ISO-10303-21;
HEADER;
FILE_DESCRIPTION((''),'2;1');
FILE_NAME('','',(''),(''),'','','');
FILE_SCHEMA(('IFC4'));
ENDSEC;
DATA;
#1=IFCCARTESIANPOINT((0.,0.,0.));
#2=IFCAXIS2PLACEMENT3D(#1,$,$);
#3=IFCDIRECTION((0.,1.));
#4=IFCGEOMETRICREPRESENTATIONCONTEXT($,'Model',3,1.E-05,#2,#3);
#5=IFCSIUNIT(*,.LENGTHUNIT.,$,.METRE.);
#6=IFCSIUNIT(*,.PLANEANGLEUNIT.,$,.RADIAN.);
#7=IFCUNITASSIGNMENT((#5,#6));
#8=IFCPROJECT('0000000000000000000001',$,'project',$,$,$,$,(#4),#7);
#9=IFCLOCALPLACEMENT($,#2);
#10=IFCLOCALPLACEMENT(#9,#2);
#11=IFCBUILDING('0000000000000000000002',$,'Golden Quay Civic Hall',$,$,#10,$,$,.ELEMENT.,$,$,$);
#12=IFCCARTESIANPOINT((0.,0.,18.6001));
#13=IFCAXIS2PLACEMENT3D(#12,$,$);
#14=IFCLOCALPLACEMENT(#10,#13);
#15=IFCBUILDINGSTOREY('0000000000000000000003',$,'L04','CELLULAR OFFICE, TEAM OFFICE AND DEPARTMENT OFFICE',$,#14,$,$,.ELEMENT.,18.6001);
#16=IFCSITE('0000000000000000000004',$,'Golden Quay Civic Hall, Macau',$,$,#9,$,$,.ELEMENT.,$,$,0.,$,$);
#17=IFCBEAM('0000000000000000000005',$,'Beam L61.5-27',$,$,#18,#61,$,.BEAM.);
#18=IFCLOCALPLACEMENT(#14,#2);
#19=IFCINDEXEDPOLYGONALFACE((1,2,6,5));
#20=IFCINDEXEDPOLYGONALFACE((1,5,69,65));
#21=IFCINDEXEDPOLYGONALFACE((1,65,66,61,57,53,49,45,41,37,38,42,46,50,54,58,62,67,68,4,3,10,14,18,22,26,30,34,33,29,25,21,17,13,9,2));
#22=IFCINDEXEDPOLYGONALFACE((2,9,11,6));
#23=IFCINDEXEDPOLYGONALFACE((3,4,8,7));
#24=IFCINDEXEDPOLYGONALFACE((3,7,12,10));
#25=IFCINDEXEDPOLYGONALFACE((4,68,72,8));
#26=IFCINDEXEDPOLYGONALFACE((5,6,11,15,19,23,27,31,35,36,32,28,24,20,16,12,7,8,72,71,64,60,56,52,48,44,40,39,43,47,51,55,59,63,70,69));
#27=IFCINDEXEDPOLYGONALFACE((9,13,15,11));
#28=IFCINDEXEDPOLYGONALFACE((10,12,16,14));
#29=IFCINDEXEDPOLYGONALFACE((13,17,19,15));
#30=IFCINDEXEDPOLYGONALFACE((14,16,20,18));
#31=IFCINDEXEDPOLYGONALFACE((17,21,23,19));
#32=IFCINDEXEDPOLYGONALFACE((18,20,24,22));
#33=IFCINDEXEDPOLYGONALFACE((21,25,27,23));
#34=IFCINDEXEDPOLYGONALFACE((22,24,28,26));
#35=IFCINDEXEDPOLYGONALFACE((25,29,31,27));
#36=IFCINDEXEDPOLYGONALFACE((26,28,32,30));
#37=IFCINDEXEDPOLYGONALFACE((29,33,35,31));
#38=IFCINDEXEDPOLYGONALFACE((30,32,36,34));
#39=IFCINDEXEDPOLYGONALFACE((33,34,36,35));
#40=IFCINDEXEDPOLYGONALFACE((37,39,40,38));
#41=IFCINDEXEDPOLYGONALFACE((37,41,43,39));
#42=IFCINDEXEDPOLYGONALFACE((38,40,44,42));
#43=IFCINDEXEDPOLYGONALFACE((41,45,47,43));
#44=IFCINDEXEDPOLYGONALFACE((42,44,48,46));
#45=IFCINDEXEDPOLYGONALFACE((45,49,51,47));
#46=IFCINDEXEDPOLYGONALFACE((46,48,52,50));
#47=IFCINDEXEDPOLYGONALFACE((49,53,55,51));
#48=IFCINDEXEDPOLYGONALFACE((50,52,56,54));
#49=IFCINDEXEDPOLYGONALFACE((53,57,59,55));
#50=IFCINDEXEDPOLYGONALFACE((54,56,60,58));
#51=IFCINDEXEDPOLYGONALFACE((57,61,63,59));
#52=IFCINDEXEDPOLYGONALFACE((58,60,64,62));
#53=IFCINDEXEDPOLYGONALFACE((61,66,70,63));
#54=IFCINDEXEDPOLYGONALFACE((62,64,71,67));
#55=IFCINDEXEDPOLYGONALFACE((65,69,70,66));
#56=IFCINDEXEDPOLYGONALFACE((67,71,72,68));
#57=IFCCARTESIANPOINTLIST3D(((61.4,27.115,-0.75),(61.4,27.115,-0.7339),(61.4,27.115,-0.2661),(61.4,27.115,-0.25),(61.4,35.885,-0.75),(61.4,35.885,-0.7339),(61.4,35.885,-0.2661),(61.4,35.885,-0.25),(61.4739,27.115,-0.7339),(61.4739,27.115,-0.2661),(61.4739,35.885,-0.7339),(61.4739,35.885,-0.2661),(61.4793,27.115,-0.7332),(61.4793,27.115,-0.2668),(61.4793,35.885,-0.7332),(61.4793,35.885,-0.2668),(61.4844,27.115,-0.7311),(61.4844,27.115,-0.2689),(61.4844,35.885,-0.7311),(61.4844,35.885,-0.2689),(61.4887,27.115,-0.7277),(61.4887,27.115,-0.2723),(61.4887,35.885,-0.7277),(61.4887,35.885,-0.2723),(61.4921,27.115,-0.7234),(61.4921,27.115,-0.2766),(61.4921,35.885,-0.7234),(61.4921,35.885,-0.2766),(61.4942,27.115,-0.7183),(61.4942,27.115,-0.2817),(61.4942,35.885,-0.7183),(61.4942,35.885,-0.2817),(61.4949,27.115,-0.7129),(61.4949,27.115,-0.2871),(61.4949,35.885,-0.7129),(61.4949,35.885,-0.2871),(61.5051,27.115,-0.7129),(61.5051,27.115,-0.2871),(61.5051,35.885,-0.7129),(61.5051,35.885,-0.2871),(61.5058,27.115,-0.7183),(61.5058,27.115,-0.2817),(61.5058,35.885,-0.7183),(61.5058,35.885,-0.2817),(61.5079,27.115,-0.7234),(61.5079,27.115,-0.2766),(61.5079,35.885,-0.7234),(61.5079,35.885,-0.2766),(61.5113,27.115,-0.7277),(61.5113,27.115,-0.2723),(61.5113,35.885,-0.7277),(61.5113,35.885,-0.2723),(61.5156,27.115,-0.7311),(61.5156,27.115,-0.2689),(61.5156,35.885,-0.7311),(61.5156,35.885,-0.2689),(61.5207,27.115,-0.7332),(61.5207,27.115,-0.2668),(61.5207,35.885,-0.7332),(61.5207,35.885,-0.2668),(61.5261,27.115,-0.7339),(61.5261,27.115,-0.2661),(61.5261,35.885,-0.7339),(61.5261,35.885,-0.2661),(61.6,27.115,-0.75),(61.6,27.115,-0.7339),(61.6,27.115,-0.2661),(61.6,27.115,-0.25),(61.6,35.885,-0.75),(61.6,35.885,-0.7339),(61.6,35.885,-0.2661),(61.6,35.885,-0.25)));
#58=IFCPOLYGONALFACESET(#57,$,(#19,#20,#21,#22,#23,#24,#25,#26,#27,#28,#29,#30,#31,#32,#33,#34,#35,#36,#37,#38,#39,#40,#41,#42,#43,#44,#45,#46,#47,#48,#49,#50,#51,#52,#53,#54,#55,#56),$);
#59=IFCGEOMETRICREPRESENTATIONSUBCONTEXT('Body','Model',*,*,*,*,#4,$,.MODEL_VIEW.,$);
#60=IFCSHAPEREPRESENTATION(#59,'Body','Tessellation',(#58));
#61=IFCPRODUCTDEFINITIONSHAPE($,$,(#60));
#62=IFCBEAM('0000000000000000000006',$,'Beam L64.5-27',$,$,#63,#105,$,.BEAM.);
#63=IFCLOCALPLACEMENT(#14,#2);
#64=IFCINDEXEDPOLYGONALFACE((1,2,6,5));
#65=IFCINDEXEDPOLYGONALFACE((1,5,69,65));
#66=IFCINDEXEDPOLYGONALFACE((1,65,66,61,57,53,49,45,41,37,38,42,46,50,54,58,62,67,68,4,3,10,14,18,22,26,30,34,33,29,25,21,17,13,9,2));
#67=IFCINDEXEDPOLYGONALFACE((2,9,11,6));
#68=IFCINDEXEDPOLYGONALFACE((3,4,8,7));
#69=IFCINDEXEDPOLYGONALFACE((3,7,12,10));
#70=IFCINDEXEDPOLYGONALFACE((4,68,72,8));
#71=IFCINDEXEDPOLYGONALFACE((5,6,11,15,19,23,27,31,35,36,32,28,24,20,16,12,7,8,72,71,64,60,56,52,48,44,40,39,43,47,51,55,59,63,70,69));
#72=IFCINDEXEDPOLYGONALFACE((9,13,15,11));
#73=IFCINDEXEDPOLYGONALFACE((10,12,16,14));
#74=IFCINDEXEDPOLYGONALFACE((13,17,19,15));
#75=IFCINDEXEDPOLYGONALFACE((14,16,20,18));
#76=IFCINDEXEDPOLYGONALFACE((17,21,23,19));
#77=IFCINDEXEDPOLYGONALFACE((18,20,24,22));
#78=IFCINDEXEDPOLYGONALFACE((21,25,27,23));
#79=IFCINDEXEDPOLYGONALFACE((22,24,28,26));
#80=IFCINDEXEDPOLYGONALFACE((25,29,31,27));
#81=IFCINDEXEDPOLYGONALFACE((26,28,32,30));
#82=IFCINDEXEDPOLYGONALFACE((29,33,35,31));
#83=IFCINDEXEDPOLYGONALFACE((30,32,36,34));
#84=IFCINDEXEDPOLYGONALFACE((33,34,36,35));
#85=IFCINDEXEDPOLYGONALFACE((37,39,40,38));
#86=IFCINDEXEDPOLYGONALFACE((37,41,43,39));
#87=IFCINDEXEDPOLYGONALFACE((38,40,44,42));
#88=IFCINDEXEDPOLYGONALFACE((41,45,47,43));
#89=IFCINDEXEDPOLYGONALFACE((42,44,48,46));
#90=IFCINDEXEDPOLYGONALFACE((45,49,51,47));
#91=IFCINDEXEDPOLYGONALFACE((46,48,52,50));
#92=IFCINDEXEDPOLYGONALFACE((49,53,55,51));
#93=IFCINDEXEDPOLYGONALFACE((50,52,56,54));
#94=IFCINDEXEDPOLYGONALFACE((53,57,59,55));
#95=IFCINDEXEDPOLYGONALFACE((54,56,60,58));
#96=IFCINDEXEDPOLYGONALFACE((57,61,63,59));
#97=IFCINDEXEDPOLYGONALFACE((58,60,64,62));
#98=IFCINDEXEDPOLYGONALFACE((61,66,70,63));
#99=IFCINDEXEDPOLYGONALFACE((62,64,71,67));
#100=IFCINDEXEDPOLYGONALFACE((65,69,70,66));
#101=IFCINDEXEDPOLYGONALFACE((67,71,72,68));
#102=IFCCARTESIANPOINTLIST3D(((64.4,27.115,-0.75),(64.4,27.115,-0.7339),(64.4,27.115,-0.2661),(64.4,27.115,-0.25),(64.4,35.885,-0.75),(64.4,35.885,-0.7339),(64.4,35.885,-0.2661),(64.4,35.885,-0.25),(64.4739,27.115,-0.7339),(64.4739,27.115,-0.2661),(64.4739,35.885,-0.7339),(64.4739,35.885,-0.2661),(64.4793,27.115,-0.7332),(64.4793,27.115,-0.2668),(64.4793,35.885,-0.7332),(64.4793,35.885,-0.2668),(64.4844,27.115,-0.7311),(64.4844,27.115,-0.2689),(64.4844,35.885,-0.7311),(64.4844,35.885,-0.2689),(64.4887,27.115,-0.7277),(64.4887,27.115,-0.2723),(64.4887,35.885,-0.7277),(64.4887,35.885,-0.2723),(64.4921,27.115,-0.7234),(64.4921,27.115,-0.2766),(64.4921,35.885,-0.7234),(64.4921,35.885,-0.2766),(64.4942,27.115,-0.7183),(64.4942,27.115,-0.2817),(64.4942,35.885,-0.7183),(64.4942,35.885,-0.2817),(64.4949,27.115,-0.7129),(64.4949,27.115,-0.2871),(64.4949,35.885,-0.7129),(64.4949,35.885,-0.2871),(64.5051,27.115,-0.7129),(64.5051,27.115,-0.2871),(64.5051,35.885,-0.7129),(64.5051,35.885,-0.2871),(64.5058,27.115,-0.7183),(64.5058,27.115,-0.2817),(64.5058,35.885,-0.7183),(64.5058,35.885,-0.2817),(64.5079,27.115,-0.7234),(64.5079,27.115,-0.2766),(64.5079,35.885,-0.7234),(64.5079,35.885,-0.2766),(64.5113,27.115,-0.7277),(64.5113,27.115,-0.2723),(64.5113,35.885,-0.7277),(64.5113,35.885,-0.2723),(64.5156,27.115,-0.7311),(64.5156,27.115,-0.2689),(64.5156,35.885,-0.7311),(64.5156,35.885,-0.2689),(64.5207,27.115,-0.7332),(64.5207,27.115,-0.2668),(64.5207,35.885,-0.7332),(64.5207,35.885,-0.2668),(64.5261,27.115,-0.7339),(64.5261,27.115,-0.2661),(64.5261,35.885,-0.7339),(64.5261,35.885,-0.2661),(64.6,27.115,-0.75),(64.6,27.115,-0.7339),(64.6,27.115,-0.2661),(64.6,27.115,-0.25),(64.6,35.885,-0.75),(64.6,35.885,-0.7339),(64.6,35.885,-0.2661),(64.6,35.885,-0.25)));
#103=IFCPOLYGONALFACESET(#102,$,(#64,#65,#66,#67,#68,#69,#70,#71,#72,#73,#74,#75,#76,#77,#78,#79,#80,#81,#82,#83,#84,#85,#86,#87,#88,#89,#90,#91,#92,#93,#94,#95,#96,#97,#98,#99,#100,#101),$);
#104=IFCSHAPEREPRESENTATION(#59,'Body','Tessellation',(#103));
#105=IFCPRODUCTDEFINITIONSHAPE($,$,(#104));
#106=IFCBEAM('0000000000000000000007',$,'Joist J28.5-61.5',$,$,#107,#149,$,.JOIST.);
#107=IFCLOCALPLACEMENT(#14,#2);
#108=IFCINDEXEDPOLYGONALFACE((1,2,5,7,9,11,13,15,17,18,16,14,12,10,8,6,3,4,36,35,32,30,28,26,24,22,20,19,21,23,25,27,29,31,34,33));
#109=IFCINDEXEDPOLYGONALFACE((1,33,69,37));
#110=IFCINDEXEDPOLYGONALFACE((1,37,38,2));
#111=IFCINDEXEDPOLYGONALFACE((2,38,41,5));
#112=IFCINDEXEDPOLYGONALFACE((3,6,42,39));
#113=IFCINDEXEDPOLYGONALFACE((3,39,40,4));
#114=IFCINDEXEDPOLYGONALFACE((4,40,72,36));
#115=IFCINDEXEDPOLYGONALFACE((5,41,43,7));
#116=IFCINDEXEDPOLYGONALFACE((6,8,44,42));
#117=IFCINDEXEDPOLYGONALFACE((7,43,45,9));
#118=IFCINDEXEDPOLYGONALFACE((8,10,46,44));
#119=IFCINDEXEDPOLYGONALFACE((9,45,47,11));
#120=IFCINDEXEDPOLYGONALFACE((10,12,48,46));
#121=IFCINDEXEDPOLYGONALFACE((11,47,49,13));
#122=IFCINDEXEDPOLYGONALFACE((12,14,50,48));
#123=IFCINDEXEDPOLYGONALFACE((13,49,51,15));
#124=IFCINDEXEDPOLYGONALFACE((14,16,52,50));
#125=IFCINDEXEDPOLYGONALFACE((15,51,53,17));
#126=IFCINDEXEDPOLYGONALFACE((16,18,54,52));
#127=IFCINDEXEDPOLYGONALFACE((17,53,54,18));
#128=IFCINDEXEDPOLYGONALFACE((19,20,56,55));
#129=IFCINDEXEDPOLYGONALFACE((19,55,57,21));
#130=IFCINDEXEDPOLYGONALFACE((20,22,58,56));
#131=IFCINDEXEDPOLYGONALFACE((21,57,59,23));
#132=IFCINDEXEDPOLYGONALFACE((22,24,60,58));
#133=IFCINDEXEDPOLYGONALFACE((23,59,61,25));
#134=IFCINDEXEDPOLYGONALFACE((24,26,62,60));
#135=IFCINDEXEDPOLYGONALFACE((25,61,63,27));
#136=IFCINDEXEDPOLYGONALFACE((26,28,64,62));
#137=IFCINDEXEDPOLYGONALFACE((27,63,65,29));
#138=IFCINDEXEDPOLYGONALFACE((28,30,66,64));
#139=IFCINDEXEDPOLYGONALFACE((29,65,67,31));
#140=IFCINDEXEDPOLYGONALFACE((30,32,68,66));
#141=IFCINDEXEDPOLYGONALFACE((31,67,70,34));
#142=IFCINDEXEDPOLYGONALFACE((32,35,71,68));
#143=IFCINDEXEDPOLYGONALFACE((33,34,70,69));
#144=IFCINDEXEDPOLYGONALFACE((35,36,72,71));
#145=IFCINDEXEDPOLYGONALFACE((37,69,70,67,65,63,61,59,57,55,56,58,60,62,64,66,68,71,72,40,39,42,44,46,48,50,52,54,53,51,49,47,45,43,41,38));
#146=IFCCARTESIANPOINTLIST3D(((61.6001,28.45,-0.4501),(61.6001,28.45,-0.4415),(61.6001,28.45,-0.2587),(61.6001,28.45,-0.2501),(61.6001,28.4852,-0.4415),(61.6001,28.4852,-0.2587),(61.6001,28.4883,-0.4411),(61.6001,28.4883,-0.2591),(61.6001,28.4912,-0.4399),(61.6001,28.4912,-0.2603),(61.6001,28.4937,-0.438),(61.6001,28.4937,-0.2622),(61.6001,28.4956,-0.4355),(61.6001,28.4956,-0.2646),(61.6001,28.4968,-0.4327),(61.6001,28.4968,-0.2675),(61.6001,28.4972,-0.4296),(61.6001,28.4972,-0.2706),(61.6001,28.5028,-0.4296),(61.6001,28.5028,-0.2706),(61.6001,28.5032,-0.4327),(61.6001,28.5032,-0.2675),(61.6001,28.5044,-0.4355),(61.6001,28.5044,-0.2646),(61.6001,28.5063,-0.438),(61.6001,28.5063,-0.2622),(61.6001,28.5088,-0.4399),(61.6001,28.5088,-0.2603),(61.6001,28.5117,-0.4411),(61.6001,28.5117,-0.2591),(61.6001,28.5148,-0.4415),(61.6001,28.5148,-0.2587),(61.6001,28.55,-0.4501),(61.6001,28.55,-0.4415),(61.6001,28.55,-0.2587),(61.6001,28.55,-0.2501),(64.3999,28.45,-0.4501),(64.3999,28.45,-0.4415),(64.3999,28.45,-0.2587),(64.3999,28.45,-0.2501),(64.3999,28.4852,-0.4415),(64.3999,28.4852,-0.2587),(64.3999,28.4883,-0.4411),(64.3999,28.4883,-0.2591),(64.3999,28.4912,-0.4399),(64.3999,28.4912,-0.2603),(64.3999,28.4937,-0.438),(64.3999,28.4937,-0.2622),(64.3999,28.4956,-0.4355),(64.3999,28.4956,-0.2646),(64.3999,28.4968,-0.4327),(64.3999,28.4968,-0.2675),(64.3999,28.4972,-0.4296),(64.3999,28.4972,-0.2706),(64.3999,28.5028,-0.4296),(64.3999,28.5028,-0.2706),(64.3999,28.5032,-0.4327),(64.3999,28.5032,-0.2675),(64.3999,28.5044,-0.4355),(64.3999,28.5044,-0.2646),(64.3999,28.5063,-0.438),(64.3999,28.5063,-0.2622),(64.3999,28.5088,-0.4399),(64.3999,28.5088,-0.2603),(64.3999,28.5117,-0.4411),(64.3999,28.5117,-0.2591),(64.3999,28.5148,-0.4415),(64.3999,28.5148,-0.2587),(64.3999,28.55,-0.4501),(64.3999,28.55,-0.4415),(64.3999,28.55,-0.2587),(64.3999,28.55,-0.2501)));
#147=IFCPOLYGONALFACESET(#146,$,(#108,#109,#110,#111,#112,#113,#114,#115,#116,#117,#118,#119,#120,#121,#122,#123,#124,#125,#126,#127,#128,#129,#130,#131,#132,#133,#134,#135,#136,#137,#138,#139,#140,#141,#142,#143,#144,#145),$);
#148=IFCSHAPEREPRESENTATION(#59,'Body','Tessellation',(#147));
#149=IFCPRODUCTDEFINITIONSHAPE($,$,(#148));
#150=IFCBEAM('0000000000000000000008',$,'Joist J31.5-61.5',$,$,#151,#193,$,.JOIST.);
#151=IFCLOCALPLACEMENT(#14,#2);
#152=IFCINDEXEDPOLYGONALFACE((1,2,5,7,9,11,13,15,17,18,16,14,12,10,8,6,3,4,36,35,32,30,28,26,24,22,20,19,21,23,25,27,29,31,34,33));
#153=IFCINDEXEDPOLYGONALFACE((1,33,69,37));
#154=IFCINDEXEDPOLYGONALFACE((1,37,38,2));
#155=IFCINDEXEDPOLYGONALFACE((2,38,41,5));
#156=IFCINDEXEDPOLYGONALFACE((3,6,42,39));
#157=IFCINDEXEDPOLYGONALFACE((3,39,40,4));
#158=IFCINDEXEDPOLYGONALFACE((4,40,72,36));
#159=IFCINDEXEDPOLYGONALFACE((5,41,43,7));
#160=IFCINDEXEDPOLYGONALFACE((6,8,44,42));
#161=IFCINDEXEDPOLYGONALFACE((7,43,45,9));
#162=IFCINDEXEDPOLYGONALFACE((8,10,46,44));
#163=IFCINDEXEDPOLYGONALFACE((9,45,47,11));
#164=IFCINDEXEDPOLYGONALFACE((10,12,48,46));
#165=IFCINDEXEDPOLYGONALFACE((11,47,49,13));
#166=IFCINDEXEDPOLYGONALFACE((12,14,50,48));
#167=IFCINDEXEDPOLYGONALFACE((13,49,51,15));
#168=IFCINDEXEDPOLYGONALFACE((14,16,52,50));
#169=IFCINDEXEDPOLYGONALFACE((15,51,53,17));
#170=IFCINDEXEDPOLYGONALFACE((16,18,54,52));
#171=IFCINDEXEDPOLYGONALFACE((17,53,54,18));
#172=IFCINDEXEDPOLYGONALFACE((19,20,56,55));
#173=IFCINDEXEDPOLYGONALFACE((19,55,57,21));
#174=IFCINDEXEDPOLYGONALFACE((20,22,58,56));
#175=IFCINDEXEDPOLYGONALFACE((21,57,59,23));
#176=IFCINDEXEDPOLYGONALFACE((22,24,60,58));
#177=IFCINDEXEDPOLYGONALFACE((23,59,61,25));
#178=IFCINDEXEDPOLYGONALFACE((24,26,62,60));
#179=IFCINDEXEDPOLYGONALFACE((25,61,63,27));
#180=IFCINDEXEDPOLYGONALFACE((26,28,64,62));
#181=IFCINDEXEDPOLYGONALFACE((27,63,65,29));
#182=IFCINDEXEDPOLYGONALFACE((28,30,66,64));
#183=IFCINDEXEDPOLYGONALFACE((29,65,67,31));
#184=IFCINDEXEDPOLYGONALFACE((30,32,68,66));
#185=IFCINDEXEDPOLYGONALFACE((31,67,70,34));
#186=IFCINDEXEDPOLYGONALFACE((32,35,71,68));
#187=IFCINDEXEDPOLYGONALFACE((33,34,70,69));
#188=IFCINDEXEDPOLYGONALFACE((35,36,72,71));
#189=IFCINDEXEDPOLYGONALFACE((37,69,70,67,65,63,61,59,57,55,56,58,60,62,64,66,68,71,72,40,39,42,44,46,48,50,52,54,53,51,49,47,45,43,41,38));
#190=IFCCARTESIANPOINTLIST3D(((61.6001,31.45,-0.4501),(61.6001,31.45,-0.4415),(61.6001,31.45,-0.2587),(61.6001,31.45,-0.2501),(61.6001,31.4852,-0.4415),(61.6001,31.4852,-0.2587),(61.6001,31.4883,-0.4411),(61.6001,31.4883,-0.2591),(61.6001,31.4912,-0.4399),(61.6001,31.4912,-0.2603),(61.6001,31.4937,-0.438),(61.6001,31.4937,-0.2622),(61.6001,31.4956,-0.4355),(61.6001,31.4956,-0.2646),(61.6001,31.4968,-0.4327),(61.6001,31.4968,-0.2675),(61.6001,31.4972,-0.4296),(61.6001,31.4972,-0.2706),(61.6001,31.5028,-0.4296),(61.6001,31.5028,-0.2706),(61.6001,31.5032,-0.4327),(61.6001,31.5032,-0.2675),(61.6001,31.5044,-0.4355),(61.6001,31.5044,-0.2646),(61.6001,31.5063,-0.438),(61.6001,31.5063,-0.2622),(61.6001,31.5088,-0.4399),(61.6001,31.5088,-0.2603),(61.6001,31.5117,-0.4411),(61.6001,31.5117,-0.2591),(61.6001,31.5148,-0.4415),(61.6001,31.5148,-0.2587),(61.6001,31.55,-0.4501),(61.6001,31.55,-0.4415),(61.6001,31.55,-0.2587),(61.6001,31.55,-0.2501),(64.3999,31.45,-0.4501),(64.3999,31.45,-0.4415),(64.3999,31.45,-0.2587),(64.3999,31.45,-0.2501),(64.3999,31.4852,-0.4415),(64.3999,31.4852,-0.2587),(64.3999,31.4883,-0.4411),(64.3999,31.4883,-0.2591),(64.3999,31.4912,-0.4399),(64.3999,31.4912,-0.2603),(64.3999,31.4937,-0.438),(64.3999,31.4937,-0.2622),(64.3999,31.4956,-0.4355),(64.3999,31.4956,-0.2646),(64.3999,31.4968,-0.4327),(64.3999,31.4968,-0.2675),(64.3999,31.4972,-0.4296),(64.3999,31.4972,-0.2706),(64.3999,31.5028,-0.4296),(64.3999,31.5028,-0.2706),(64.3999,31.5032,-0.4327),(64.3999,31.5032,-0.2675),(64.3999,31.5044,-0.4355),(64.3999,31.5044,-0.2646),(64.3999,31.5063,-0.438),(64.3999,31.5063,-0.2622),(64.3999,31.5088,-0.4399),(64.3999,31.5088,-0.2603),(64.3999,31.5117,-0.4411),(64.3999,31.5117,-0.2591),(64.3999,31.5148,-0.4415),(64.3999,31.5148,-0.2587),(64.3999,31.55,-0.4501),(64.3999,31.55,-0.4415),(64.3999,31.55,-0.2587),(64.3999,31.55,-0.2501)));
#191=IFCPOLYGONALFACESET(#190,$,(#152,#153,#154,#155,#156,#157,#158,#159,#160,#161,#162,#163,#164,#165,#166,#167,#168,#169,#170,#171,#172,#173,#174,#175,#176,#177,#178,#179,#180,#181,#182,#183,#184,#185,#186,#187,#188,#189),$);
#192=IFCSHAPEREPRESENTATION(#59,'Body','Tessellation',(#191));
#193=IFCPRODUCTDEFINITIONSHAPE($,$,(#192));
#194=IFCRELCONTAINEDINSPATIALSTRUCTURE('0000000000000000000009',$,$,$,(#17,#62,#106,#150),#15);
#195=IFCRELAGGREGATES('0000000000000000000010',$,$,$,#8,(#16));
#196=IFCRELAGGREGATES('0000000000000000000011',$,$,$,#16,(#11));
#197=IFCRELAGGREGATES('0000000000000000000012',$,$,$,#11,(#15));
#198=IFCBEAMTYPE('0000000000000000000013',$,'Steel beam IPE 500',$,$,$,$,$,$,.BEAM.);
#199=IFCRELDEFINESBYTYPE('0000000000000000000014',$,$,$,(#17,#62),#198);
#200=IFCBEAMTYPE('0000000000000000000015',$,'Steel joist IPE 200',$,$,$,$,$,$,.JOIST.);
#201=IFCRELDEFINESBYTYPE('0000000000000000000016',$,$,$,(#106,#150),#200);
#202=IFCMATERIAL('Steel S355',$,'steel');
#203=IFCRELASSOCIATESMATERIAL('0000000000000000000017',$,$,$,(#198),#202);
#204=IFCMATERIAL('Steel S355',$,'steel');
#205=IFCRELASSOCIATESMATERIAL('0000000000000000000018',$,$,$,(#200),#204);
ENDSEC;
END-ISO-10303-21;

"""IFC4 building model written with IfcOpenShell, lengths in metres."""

from ifc_helpers import new_model, si_unit, direction, frame, origin, origin_2d, place, context, subcontext, project, spatial, i_section, extrude, material, material_profile, profile_set, type_object, element, save


model = new_model("IFC4")

# Units and contexts
model_context = context("Model", 3, precision=1e-05, world=origin(), true_north=direction((0.0, 1.0)))
body_context = subcontext(model_context, "Body", "Model", "MODEL_VIEW")
ifc_project = project(units=[si_unit("LENGTHUNIT", "METRE"), si_unit("PLANEANGLEUNIT", "RADIAN")], contexts=[model_context])

# Site, building, storey
site_placement = place(None, origin())
site = spatial("IfcSite", under=ifc_project, at=site_placement, Name="Golden Quay Civic Hall, Macau", CompositionType="ELEMENT", RefElevation=0.0)
building_placement = place(site_placement, origin())
building = spatial("IfcBuilding", under=site, at=building_placement, Name="Golden Quay Civic Hall", CompositionType="ELEMENT")
storey_placement = place(building_placement, frame((0.0, 0.0, 18.6001)))
storey = spatial("IfcBuildingStorey", under=building, at=storey_placement, Name="L04", Description="CELLULAR OFFICE, TEAM OFFICE AND DEPARTMENT OFFICE", CompositionType="ELEMENT", Elevation=18.6001)

# Beams
ifc_material_1 = material(Name="Steel S355", Category="steel")
ifc_material_profile_1 = material_profile(ifc_material_1, i_section(OverallWidth=0.2, OverallDepth=0.5, WebThickness=0.0103, FlangeThickness=0.0161, FilletRadius=0.021, at=origin_2d()), Name="IPE 500")
ifc_profile_set_1 = profile_set([ifc_material_profile_1], Name="Steel S355")
beam_type_1 = type_object("IfcBeamType", Name="Steel beam IPE 500", PredefinedType="BEAM", material=ifc_profile_set_1)
for number, where, z_axis, x_axis, name in (
    (1, (61.5, 27.115, -0.5), (0.0, 1.0, 0.0), (-1.0, 0.0, 0.0), "Beam L61.5-27"),
    (2, (64.5, 27.115, -0.5), (0.0, 1.0, 0.0), (-1.0, 0.0, 0.0), "Beam L64.5-27"),
):
    element("IfcBeam", number, at=place(storey_placement, frame(where, z_axis=z_axis, x_axis=x_axis)), inside=storey, type_object=beam_type_1, Name=name, PredefinedType="BEAM", context=body_context, shape_type="SweptSolid", body=[
        extrude(i_section(OverallWidth=0.2, OverallDepth=0.5, WebThickness=0.0103, FlangeThickness=0.0161, FilletRadius=0.021, at=origin_2d()), origin(), (0.0, 0.0, 1.0), 8.77),
    ])
ifc_material_2 = material(Name="Steel S355", Category="steel")
ifc_material_profile_2 = material_profile(ifc_material_2, i_section(OverallWidth=0.1001, OverallDepth=0.2, WebThickness=0.0056, FlangeThickness=0.0085, FilletRadius=0.012, at=origin_2d()), Name="IPE 200")
ifc_profile_set_2 = profile_set([ifc_material_profile_2], Name="Steel S355")
beam_type_2 = type_object("IfcBeamType", Name="Steel joist IPE 200", PredefinedType="JOIST", material=ifc_profile_set_2)
for number, where, z_axis, x_axis, name in (
    (3, (61.6001, 28.5, -0.3501), (1.0, 0.0, 0.0), (0.0, 1.0, 0.0), "Joist J28.5-61.5"),
    (4, (61.6001, 31.5, -0.3501), (1.0, 0.0, 0.0), (0.0, 1.0, 0.0), "Joist J31.5-61.5"),
):
    element("IfcBeam", number, at=place(storey_placement, frame(where, z_axis=z_axis, x_axis=x_axis)), inside=storey, type_object=beam_type_2, Name=name, PredefinedType="JOIST", context=body_context, shape_type="SweptSolid", body=[
        extrude(i_section(OverallWidth=0.1001, OverallDepth=0.2, WebThickness=0.0056, FlangeThickness=0.0085, FilletRadius=0.012, at=origin_2d()), origin(), (0.0, 0.0, 1.0), 2.7998),
    ])

save(model, "model.ifc")
